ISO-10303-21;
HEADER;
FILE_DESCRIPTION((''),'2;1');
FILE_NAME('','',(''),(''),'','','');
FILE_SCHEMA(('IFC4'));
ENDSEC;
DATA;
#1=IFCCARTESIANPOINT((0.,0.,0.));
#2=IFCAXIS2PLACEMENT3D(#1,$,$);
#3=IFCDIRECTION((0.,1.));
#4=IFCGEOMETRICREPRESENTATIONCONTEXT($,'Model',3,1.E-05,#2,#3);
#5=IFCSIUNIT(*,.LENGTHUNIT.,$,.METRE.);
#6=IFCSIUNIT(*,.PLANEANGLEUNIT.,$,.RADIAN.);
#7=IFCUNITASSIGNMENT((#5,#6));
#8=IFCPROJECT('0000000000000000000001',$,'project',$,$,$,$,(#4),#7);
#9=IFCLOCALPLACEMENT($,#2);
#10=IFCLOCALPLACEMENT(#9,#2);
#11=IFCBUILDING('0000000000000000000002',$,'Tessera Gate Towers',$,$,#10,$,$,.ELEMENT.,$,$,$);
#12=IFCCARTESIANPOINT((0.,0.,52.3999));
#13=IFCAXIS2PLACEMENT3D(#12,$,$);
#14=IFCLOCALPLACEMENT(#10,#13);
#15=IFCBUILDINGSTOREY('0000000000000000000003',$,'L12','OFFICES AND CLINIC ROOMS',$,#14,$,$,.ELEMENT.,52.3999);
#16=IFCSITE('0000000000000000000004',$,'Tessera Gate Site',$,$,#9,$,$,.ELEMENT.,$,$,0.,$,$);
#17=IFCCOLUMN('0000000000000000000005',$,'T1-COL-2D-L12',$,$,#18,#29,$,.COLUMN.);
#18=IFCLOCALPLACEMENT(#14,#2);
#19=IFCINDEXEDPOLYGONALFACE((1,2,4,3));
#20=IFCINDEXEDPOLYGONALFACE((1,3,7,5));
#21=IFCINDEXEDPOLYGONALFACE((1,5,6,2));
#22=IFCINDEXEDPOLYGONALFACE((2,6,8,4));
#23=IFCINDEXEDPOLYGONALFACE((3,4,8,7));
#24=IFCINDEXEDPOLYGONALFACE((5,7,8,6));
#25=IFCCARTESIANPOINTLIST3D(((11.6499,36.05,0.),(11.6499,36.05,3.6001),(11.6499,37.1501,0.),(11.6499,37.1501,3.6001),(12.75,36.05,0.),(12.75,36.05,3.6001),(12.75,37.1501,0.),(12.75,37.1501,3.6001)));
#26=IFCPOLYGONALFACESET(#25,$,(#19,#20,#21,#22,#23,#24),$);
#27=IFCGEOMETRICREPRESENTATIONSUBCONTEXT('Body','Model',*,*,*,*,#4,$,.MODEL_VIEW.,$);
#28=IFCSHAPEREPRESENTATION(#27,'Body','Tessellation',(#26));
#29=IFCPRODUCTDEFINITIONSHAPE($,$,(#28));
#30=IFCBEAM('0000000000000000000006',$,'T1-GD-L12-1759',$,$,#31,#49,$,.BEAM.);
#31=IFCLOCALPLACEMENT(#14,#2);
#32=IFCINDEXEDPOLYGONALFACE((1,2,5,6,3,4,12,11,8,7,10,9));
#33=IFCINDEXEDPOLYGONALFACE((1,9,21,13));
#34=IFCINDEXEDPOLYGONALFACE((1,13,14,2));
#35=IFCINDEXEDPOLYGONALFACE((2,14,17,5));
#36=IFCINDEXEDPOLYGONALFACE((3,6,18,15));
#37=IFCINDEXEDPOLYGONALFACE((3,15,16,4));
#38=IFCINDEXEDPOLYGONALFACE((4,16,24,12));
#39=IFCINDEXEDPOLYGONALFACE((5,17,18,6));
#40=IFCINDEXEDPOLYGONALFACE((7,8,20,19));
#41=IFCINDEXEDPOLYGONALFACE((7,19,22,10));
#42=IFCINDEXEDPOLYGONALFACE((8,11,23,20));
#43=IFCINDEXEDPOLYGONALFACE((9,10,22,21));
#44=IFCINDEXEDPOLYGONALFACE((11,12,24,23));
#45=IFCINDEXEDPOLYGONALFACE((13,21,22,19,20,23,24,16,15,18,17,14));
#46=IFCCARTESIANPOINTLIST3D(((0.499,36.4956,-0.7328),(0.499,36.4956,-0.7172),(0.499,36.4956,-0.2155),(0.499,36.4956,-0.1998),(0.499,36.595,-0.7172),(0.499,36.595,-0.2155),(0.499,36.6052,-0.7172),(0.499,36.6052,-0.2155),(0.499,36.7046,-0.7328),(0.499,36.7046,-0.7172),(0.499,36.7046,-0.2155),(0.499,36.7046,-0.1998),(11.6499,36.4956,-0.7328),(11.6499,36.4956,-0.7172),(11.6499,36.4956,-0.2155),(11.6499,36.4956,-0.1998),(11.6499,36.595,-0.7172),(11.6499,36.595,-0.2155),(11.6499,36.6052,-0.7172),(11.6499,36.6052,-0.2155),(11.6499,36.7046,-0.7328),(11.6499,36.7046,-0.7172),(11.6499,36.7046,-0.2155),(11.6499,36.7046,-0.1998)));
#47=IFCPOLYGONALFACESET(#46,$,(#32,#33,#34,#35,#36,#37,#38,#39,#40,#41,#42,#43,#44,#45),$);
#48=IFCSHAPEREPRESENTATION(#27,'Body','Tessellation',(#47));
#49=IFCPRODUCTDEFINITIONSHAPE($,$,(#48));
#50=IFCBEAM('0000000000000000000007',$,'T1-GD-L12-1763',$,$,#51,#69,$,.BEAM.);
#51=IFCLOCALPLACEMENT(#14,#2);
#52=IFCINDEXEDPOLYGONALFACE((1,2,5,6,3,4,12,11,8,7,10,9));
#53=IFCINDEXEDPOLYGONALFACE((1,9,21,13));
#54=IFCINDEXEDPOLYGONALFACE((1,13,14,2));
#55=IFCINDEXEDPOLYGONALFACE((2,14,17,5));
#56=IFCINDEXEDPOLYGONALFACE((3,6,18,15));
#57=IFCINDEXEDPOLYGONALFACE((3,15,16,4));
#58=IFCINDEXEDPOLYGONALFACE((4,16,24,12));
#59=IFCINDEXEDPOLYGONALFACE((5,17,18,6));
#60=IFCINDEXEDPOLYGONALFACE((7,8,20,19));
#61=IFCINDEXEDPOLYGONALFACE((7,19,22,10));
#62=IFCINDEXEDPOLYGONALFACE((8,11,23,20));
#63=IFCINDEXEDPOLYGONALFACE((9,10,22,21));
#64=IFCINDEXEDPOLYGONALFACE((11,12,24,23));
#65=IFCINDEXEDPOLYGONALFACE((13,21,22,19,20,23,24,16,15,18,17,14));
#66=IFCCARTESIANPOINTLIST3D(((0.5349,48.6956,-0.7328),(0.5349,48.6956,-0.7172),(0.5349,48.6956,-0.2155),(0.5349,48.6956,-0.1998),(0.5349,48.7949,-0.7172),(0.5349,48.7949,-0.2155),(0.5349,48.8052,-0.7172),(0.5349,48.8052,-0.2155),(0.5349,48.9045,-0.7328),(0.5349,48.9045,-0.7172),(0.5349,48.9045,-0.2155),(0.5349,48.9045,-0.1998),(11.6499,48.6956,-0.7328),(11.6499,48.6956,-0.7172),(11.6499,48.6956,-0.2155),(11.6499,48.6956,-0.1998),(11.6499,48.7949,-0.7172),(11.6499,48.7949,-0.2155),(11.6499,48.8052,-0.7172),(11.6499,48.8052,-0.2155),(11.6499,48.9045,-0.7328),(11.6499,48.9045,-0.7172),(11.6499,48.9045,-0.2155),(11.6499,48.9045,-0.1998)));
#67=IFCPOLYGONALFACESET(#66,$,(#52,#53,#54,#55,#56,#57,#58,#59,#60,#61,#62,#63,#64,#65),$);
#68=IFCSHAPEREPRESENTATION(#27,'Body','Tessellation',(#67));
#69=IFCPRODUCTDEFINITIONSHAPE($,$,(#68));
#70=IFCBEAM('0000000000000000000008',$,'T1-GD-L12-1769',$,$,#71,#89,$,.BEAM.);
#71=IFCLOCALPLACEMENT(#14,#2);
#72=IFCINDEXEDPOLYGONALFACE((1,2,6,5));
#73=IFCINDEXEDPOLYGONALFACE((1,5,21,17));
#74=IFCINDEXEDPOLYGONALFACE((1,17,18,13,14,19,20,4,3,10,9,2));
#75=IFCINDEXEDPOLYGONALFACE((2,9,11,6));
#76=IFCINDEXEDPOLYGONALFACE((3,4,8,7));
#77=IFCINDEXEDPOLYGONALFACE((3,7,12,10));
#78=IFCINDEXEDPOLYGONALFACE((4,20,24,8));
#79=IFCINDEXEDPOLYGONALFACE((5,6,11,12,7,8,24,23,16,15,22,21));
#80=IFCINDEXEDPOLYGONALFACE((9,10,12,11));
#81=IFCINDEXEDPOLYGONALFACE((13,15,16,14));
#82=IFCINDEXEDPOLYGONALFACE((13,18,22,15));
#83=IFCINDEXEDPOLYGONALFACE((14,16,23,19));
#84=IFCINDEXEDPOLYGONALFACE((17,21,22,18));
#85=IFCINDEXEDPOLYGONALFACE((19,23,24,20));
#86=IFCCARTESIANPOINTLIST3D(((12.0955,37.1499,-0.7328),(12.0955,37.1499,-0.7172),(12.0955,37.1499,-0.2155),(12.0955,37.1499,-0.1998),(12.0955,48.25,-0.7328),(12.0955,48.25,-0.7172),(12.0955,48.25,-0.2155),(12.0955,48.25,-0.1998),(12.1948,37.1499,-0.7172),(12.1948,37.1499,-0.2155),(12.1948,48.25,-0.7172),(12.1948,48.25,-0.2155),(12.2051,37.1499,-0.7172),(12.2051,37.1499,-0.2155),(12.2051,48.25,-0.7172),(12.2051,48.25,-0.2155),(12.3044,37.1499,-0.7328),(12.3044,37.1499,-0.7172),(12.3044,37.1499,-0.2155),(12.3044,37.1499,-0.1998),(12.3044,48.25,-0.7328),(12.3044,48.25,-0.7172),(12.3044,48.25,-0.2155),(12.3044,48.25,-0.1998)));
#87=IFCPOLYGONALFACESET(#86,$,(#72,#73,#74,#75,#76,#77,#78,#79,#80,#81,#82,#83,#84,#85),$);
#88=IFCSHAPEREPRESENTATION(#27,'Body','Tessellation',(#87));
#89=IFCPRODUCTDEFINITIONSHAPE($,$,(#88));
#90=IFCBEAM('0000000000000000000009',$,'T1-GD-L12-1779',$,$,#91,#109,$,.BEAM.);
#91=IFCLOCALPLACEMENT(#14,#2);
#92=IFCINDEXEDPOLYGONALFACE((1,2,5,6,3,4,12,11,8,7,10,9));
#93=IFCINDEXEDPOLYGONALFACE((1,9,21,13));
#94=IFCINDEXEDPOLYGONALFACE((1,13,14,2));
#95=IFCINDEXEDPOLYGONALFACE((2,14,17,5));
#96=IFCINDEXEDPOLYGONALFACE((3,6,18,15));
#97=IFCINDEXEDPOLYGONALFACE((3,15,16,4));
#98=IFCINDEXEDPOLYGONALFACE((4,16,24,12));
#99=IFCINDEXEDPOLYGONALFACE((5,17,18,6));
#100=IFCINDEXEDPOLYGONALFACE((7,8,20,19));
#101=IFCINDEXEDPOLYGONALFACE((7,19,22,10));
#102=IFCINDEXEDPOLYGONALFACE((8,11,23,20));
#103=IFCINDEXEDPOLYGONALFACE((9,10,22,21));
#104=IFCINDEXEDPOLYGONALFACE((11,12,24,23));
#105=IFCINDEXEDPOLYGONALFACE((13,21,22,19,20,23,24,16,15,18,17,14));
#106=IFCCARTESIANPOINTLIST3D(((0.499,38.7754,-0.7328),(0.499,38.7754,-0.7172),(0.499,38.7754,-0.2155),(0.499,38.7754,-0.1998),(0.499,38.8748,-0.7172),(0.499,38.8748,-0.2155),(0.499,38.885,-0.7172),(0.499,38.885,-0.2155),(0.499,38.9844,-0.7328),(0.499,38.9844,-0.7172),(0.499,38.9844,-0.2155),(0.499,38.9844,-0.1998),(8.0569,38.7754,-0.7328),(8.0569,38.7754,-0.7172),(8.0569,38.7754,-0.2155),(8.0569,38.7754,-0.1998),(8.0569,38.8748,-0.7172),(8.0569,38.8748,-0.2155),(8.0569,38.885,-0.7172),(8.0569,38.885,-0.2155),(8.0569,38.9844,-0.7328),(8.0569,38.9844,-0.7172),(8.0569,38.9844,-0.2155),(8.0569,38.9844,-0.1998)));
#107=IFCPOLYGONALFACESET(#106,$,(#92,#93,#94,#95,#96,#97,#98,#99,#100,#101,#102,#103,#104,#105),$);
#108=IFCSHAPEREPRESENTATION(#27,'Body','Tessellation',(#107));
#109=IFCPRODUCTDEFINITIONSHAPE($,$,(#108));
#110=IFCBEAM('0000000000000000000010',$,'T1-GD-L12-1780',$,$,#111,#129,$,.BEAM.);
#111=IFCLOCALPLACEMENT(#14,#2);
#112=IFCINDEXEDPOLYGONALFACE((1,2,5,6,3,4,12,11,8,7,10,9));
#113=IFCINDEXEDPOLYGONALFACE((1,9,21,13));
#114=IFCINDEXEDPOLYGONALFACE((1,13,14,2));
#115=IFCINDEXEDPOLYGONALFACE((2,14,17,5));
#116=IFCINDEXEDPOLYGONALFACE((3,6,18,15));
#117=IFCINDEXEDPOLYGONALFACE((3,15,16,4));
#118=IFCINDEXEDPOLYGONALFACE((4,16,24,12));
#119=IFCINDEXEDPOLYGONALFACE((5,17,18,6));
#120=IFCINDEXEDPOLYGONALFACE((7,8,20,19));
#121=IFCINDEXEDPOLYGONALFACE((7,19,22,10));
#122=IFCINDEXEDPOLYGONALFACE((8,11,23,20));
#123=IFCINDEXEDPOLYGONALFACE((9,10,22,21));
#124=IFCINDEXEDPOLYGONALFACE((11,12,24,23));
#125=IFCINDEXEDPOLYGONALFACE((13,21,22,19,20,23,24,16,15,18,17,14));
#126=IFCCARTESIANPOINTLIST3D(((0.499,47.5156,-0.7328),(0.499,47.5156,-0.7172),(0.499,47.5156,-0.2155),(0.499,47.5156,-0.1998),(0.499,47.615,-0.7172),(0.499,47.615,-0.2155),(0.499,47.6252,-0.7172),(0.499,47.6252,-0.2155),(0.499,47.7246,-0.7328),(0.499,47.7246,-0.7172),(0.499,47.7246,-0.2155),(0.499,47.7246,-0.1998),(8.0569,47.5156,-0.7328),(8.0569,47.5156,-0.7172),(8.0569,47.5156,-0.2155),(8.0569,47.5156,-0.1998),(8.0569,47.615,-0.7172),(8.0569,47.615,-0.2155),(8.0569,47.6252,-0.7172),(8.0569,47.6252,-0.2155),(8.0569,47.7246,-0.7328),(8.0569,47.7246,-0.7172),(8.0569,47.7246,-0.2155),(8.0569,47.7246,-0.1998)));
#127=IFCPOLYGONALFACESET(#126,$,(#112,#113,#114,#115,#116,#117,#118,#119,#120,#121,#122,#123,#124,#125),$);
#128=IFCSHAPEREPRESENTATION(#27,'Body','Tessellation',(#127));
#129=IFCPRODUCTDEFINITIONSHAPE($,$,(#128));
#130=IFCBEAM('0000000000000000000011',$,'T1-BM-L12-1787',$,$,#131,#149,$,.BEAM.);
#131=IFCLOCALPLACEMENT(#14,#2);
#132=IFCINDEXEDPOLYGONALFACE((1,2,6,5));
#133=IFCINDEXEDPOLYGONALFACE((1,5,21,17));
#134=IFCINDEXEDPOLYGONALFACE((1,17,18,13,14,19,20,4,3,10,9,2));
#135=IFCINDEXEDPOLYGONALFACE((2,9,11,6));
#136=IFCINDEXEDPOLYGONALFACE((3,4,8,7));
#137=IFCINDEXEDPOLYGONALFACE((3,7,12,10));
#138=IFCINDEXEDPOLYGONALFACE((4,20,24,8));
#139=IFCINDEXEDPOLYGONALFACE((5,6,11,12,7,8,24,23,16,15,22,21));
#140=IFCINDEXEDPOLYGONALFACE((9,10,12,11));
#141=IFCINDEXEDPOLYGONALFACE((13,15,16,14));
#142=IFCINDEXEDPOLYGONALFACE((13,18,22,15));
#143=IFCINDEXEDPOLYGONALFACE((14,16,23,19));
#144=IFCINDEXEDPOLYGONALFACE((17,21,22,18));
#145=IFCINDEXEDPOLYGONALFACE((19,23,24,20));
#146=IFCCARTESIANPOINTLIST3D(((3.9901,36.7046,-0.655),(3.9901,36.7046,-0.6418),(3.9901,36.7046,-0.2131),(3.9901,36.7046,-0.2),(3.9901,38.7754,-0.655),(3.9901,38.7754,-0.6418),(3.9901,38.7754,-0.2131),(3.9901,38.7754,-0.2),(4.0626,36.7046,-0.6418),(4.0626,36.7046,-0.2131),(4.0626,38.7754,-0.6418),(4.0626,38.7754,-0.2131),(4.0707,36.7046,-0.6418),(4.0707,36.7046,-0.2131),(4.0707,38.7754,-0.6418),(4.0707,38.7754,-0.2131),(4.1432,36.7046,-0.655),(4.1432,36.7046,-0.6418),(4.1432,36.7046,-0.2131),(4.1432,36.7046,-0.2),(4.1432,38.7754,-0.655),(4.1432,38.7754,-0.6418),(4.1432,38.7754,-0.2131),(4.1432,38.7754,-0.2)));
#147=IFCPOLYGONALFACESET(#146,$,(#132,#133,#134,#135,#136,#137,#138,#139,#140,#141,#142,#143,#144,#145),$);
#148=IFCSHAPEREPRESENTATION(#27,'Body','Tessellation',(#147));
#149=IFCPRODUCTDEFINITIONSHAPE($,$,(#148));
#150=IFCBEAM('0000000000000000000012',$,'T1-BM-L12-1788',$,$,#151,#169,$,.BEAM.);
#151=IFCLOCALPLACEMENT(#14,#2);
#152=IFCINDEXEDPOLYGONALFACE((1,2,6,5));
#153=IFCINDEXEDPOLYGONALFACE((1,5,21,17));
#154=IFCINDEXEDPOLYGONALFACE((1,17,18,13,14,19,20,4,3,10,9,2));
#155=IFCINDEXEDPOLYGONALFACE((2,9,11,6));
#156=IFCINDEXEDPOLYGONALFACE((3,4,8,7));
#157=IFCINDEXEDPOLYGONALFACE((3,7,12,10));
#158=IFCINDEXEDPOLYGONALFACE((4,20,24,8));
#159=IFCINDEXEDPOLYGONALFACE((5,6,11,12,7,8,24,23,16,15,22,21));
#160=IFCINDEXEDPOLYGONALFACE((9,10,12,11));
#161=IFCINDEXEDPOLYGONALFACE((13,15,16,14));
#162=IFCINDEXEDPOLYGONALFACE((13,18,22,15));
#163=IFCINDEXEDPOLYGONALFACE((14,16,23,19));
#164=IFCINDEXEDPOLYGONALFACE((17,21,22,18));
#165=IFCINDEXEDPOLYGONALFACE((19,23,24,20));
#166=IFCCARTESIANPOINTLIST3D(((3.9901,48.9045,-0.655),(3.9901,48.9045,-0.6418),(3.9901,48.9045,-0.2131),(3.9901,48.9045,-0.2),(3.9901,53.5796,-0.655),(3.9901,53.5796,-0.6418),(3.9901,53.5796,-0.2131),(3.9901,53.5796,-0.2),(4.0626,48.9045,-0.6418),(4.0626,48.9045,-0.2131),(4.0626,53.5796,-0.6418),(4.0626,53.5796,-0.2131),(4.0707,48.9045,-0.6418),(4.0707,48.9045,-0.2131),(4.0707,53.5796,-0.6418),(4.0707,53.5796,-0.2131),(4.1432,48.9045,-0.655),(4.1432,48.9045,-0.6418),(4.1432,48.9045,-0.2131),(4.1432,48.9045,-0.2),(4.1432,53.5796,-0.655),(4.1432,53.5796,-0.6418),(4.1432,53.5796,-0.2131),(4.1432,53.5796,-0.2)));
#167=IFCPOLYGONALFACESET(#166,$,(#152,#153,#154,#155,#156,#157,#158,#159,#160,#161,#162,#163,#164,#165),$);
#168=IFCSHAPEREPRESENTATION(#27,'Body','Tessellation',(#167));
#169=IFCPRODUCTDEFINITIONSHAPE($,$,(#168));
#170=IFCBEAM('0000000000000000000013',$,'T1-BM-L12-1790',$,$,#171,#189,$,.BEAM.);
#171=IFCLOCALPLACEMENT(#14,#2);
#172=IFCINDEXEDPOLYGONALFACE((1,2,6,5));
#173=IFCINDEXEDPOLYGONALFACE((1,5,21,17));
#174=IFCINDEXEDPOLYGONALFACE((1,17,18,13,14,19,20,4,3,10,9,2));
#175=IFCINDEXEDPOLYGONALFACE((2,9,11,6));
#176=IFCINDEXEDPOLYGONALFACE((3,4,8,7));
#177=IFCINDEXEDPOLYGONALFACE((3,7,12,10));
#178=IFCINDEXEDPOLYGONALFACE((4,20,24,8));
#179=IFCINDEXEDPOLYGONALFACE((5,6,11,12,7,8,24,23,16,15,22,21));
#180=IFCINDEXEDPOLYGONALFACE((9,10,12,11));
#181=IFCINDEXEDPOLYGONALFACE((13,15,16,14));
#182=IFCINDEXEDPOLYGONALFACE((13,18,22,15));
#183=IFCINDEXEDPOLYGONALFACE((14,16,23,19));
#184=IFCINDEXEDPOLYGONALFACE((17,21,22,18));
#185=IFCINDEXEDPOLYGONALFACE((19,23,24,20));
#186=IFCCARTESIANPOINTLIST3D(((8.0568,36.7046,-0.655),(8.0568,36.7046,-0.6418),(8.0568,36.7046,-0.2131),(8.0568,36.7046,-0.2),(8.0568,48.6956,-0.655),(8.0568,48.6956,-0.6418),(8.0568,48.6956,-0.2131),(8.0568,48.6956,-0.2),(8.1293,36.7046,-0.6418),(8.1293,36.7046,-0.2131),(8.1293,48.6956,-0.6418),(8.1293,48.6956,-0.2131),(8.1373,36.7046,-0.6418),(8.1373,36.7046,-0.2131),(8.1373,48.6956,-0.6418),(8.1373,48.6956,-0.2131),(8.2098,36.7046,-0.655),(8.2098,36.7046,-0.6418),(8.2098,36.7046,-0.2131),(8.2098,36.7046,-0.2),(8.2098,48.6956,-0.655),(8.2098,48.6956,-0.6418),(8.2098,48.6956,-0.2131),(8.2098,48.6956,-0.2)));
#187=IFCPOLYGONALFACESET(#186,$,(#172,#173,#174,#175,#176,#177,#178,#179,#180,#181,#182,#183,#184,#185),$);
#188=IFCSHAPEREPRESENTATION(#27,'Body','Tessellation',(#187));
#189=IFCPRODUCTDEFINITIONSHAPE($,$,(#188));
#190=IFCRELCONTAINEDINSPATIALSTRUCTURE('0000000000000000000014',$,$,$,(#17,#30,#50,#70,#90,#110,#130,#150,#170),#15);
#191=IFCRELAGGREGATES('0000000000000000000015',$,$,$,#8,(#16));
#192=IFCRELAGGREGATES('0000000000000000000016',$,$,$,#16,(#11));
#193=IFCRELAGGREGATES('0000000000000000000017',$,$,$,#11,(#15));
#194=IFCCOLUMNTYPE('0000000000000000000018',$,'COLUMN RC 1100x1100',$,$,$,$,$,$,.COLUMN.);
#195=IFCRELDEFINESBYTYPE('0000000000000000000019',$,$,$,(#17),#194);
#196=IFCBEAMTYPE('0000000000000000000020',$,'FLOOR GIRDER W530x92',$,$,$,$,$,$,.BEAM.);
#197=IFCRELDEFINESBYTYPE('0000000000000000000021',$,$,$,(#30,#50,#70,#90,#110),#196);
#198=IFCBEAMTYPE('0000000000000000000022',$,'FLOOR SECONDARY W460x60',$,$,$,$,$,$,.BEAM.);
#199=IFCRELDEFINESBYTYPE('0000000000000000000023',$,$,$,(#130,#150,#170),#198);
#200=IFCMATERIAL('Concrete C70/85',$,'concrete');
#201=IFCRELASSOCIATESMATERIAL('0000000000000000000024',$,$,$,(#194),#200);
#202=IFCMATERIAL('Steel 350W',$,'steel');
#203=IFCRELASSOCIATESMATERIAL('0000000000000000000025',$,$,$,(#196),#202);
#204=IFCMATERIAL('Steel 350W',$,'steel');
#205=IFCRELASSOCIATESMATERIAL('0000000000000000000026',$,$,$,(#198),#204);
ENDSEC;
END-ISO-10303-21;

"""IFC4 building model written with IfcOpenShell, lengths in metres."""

from ifc_helpers import new_model, si_unit, direction, frame, origin, origin_2d, place, context, subcontext, project, spatial, rectangle, i_section, extrude, material, material_profile, profile_set, type_object, element, save


model = new_model("IFC4")

# Units and contexts
model_context = context("Model", 3, precision=1e-05, world=origin(), true_north=direction((0.0, 1.0)))
body_context = subcontext(model_context, "Body", "Model", "MODEL_VIEW")
ifc_project = project(units=[si_unit("LENGTHUNIT", "METRE"), si_unit("PLANEANGLEUNIT", "RADIAN")], contexts=[model_context])

# Site, building, storey
site_placement = place(None, origin())
site = spatial("IfcSite", under=ifc_project, at=site_placement, Name="Tessera Gate Site", CompositionType="ELEMENT", RefElevation=0.0)
building_placement = place(site_placement, origin())
building = spatial("IfcBuilding", under=site, at=building_placement, Name="Tessera Gate Towers", CompositionType="ELEMENT")
storey_placement = place(building_placement, frame((0.0, 0.0, 52.3999)))
storey = spatial("IfcBuildingStorey", under=building, at=storey_placement, Name="L12", Description="OFFICES AND CLINIC ROOMS", CompositionType="ELEMENT", Elevation=52.3999)

# Column
ifc_material_1 = material(Name="Concrete C70/85", Category="concrete")
ifc_material_profile_1 = material_profile(ifc_material_1, rectangle(XDim=1.1001, YDim=1.1001, at=origin_2d()), Name="RC 1100x1100")
ifc_profile_set_1 = profile_set([ifc_material_profile_1], Name="Concrete C70/85")
column_type = type_object("IfcColumnType", Name="COLUMN RC 1100x1100", PredefinedType="COLUMN", material=ifc_profile_set_1)
column_placement = place(storey_placement, frame((12.2, 36.6001, 0.0), z_axis=(0.0, 0.0, 1.0), x_axis=(1.0, 0.0, 0.0)))
element("IfcColumn", 1, at=column_placement, inside=storey, type_object=column_type, Name="T1-COL-2D-L12", PredefinedType="COLUMN", context=body_context, shape_type="SweptSolid", body=[
    extrude(rectangle(XDim=1.1001, YDim=1.1001, at=origin_2d()), origin(), (0.0, 0.0, 1.0), 3.6001),
])

# Beams
ifc_material_2 = material(Name="Steel 350W", Category="steel")
ifc_material_profile_2 = material_profile(ifc_material_2, i_section(OverallWidth=0.209, OverallDepth=0.533, WebThickness=0.0103, FlangeThickness=0.0156, at=origin_2d()), Name="W530x92")
ifc_profile_set_2 = profile_set([ifc_material_profile_2], Name="Steel 350W")
beam_type_1 = type_object("IfcBeamType", Name="FLOOR GIRDER W530x92", PredefinedType="BEAM", material=ifc_profile_set_2)
beam_1_placement = place(storey_placement, frame((0.499, 36.6001, -0.4663), z_axis=(1.0, 0.0, 0.0), x_axis=(0.0, 1.0, 0.0)))
element("IfcBeam", 2, at=beam_1_placement, inside=storey, type_object=beam_type_1, Name="T1-GD-L12-1759", PredefinedType="BEAM", context=body_context, shape_type="SweptSolid", body=[
    extrude(i_section(OverallWidth=0.209, OverallDepth=0.533, WebThickness=0.0103, FlangeThickness=0.0156, at=origin_2d()), origin(), (0.0, 0.0, 1.0), 11.1509),
])
beam_2_placement = place(storey_placement, frame((0.5349, 48.8, -0.4663), z_axis=(1.0, 0.0, 0.0), x_axis=(0.0, 1.0, 0.0)))
element("IfcBeam", 3, at=beam_2_placement, inside=storey, type_object=beam_type_1, Name="T1-GD-L12-1763", PredefinedType="BEAM", context=body_context, shape_type="SweptSolid", body=[
    extrude(i_section(OverallWidth=0.209, OverallDepth=0.533, WebThickness=0.0103, FlangeThickness=0.0156, at=origin_2d()), origin(), (0.0, 0.0, 1.0), 11.115),
])
beam_3_placement = place(storey_placement, frame((12.2, 37.1499, -0.4663), z_axis=(0.0, 1.0, 0.0), x_axis=(-1.0, 0.0, 0.0)))
element("IfcBeam", 4, at=beam_3_placement, inside=storey, type_object=beam_type_1, Name="T1-GD-L12-1769", PredefinedType="BEAM", context=body_context, shape_type="SweptSolid", body=[
    extrude(i_section(OverallWidth=0.209, OverallDepth=0.533, WebThickness=0.0103, FlangeThickness=0.0156, at=origin_2d()), origin(), (0.0, 0.0, 1.0), 11.1001),
])
for number, where, z_axis, x_axis, name in (
    (5, (0.499, 38.8799, -0.4663), (1.0, 0.0, 0.0), (0.0, 1.0, 0.0), "T1-GD-L12-1779"),
    (6, (0.499, 47.6201, -0.4663), (1.0, 0.0, 0.0), (0.0, 1.0, 0.0), "T1-GD-L12-1780"),
):
    element("IfcBeam", number, at=place(storey_placement, frame(where, z_axis=z_axis, x_axis=x_axis)), inside=storey, type_object=beam_type_1, Name=name, PredefinedType="BEAM", context=body_context, shape_type="SweptSolid", body=[
        extrude(i_section(OverallWidth=0.209, OverallDepth=0.533, WebThickness=0.0103, FlangeThickness=0.0156, at=origin_2d()), origin(), (0.0, 0.0, 1.0), 7.5579),
    ])
ifc_material_3 = material(Name="Steel 350W", Category="steel")
ifc_material_profile_3 = material_profile(ifc_material_3, i_section(OverallWidth=0.1531, OverallDepth=0.4551, WebThickness=0.0081, FlangeThickness=0.0132, at=origin_2d()), Name="W460x60")
ifc_profile_set_3 = profile_set([ifc_material_profile_3], Name="Steel 350W")
beam_type_2 = type_object("IfcBeamType", Name="FLOOR SECONDARY W460x60", PredefinedType="BEAM", material=ifc_profile_set_3)
beam_4_placement = place(storey_placement, frame((4.0667, 36.7046, -0.4275), z_axis=(0.0, 1.0, 0.0), x_axis=(-1.0, 0.0, 0.0)))
element("IfcBeam", 7, at=beam_4_placement, inside=storey, type_object=beam_type_2, Name="T1-BM-L12-1787", PredefinedType="BEAM", context=body_context, shape_type="SweptSolid", body=[
    extrude(i_section(OverallWidth=0.1531, OverallDepth=0.4551, WebThickness=0.0081, FlangeThickness=0.0132, at=origin_2d()), origin(), (0.0, 0.0, 1.0), 2.0708),
])
beam_5_placement = place(storey_placement, frame((4.0667, 48.9045, -0.4275), z_axis=(0.0, 1.0, 0.0), x_axis=(-1.0, 0.0, 0.0)))
element("IfcBeam", 8, at=beam_5_placement, inside=storey, type_object=beam_type_2, Name="T1-BM-L12-1788", PredefinedType="BEAM", context=body_context, shape_type="SweptSolid", body=[
    extrude(i_section(OverallWidth=0.1531, OverallDepth=0.4551, WebThickness=0.0081, FlangeThickness=0.0132, at=origin_2d()), origin(), (0.0, 0.0, 1.0), 4.675),
])
beam_6_placement = place(storey_placement, frame((8.1333, 36.7046, -0.4275), z_axis=(0.0, 1.0, 0.0), x_axis=(-1.0, 0.0, 0.0)))
element("IfcBeam", 9, at=beam_6_placement, inside=storey, type_object=beam_type_2, Name="T1-BM-L12-1790", PredefinedType="BEAM", context=body_context, shape_type="SweptSolid", body=[
    extrude(i_section(OverallWidth=0.1531, OverallDepth=0.4551, WebThickness=0.0081, FlangeThickness=0.0132, at=origin_2d()), origin(), (0.0, 0.0, 1.0), 11.991),
])

save(model, "model.ifc")
